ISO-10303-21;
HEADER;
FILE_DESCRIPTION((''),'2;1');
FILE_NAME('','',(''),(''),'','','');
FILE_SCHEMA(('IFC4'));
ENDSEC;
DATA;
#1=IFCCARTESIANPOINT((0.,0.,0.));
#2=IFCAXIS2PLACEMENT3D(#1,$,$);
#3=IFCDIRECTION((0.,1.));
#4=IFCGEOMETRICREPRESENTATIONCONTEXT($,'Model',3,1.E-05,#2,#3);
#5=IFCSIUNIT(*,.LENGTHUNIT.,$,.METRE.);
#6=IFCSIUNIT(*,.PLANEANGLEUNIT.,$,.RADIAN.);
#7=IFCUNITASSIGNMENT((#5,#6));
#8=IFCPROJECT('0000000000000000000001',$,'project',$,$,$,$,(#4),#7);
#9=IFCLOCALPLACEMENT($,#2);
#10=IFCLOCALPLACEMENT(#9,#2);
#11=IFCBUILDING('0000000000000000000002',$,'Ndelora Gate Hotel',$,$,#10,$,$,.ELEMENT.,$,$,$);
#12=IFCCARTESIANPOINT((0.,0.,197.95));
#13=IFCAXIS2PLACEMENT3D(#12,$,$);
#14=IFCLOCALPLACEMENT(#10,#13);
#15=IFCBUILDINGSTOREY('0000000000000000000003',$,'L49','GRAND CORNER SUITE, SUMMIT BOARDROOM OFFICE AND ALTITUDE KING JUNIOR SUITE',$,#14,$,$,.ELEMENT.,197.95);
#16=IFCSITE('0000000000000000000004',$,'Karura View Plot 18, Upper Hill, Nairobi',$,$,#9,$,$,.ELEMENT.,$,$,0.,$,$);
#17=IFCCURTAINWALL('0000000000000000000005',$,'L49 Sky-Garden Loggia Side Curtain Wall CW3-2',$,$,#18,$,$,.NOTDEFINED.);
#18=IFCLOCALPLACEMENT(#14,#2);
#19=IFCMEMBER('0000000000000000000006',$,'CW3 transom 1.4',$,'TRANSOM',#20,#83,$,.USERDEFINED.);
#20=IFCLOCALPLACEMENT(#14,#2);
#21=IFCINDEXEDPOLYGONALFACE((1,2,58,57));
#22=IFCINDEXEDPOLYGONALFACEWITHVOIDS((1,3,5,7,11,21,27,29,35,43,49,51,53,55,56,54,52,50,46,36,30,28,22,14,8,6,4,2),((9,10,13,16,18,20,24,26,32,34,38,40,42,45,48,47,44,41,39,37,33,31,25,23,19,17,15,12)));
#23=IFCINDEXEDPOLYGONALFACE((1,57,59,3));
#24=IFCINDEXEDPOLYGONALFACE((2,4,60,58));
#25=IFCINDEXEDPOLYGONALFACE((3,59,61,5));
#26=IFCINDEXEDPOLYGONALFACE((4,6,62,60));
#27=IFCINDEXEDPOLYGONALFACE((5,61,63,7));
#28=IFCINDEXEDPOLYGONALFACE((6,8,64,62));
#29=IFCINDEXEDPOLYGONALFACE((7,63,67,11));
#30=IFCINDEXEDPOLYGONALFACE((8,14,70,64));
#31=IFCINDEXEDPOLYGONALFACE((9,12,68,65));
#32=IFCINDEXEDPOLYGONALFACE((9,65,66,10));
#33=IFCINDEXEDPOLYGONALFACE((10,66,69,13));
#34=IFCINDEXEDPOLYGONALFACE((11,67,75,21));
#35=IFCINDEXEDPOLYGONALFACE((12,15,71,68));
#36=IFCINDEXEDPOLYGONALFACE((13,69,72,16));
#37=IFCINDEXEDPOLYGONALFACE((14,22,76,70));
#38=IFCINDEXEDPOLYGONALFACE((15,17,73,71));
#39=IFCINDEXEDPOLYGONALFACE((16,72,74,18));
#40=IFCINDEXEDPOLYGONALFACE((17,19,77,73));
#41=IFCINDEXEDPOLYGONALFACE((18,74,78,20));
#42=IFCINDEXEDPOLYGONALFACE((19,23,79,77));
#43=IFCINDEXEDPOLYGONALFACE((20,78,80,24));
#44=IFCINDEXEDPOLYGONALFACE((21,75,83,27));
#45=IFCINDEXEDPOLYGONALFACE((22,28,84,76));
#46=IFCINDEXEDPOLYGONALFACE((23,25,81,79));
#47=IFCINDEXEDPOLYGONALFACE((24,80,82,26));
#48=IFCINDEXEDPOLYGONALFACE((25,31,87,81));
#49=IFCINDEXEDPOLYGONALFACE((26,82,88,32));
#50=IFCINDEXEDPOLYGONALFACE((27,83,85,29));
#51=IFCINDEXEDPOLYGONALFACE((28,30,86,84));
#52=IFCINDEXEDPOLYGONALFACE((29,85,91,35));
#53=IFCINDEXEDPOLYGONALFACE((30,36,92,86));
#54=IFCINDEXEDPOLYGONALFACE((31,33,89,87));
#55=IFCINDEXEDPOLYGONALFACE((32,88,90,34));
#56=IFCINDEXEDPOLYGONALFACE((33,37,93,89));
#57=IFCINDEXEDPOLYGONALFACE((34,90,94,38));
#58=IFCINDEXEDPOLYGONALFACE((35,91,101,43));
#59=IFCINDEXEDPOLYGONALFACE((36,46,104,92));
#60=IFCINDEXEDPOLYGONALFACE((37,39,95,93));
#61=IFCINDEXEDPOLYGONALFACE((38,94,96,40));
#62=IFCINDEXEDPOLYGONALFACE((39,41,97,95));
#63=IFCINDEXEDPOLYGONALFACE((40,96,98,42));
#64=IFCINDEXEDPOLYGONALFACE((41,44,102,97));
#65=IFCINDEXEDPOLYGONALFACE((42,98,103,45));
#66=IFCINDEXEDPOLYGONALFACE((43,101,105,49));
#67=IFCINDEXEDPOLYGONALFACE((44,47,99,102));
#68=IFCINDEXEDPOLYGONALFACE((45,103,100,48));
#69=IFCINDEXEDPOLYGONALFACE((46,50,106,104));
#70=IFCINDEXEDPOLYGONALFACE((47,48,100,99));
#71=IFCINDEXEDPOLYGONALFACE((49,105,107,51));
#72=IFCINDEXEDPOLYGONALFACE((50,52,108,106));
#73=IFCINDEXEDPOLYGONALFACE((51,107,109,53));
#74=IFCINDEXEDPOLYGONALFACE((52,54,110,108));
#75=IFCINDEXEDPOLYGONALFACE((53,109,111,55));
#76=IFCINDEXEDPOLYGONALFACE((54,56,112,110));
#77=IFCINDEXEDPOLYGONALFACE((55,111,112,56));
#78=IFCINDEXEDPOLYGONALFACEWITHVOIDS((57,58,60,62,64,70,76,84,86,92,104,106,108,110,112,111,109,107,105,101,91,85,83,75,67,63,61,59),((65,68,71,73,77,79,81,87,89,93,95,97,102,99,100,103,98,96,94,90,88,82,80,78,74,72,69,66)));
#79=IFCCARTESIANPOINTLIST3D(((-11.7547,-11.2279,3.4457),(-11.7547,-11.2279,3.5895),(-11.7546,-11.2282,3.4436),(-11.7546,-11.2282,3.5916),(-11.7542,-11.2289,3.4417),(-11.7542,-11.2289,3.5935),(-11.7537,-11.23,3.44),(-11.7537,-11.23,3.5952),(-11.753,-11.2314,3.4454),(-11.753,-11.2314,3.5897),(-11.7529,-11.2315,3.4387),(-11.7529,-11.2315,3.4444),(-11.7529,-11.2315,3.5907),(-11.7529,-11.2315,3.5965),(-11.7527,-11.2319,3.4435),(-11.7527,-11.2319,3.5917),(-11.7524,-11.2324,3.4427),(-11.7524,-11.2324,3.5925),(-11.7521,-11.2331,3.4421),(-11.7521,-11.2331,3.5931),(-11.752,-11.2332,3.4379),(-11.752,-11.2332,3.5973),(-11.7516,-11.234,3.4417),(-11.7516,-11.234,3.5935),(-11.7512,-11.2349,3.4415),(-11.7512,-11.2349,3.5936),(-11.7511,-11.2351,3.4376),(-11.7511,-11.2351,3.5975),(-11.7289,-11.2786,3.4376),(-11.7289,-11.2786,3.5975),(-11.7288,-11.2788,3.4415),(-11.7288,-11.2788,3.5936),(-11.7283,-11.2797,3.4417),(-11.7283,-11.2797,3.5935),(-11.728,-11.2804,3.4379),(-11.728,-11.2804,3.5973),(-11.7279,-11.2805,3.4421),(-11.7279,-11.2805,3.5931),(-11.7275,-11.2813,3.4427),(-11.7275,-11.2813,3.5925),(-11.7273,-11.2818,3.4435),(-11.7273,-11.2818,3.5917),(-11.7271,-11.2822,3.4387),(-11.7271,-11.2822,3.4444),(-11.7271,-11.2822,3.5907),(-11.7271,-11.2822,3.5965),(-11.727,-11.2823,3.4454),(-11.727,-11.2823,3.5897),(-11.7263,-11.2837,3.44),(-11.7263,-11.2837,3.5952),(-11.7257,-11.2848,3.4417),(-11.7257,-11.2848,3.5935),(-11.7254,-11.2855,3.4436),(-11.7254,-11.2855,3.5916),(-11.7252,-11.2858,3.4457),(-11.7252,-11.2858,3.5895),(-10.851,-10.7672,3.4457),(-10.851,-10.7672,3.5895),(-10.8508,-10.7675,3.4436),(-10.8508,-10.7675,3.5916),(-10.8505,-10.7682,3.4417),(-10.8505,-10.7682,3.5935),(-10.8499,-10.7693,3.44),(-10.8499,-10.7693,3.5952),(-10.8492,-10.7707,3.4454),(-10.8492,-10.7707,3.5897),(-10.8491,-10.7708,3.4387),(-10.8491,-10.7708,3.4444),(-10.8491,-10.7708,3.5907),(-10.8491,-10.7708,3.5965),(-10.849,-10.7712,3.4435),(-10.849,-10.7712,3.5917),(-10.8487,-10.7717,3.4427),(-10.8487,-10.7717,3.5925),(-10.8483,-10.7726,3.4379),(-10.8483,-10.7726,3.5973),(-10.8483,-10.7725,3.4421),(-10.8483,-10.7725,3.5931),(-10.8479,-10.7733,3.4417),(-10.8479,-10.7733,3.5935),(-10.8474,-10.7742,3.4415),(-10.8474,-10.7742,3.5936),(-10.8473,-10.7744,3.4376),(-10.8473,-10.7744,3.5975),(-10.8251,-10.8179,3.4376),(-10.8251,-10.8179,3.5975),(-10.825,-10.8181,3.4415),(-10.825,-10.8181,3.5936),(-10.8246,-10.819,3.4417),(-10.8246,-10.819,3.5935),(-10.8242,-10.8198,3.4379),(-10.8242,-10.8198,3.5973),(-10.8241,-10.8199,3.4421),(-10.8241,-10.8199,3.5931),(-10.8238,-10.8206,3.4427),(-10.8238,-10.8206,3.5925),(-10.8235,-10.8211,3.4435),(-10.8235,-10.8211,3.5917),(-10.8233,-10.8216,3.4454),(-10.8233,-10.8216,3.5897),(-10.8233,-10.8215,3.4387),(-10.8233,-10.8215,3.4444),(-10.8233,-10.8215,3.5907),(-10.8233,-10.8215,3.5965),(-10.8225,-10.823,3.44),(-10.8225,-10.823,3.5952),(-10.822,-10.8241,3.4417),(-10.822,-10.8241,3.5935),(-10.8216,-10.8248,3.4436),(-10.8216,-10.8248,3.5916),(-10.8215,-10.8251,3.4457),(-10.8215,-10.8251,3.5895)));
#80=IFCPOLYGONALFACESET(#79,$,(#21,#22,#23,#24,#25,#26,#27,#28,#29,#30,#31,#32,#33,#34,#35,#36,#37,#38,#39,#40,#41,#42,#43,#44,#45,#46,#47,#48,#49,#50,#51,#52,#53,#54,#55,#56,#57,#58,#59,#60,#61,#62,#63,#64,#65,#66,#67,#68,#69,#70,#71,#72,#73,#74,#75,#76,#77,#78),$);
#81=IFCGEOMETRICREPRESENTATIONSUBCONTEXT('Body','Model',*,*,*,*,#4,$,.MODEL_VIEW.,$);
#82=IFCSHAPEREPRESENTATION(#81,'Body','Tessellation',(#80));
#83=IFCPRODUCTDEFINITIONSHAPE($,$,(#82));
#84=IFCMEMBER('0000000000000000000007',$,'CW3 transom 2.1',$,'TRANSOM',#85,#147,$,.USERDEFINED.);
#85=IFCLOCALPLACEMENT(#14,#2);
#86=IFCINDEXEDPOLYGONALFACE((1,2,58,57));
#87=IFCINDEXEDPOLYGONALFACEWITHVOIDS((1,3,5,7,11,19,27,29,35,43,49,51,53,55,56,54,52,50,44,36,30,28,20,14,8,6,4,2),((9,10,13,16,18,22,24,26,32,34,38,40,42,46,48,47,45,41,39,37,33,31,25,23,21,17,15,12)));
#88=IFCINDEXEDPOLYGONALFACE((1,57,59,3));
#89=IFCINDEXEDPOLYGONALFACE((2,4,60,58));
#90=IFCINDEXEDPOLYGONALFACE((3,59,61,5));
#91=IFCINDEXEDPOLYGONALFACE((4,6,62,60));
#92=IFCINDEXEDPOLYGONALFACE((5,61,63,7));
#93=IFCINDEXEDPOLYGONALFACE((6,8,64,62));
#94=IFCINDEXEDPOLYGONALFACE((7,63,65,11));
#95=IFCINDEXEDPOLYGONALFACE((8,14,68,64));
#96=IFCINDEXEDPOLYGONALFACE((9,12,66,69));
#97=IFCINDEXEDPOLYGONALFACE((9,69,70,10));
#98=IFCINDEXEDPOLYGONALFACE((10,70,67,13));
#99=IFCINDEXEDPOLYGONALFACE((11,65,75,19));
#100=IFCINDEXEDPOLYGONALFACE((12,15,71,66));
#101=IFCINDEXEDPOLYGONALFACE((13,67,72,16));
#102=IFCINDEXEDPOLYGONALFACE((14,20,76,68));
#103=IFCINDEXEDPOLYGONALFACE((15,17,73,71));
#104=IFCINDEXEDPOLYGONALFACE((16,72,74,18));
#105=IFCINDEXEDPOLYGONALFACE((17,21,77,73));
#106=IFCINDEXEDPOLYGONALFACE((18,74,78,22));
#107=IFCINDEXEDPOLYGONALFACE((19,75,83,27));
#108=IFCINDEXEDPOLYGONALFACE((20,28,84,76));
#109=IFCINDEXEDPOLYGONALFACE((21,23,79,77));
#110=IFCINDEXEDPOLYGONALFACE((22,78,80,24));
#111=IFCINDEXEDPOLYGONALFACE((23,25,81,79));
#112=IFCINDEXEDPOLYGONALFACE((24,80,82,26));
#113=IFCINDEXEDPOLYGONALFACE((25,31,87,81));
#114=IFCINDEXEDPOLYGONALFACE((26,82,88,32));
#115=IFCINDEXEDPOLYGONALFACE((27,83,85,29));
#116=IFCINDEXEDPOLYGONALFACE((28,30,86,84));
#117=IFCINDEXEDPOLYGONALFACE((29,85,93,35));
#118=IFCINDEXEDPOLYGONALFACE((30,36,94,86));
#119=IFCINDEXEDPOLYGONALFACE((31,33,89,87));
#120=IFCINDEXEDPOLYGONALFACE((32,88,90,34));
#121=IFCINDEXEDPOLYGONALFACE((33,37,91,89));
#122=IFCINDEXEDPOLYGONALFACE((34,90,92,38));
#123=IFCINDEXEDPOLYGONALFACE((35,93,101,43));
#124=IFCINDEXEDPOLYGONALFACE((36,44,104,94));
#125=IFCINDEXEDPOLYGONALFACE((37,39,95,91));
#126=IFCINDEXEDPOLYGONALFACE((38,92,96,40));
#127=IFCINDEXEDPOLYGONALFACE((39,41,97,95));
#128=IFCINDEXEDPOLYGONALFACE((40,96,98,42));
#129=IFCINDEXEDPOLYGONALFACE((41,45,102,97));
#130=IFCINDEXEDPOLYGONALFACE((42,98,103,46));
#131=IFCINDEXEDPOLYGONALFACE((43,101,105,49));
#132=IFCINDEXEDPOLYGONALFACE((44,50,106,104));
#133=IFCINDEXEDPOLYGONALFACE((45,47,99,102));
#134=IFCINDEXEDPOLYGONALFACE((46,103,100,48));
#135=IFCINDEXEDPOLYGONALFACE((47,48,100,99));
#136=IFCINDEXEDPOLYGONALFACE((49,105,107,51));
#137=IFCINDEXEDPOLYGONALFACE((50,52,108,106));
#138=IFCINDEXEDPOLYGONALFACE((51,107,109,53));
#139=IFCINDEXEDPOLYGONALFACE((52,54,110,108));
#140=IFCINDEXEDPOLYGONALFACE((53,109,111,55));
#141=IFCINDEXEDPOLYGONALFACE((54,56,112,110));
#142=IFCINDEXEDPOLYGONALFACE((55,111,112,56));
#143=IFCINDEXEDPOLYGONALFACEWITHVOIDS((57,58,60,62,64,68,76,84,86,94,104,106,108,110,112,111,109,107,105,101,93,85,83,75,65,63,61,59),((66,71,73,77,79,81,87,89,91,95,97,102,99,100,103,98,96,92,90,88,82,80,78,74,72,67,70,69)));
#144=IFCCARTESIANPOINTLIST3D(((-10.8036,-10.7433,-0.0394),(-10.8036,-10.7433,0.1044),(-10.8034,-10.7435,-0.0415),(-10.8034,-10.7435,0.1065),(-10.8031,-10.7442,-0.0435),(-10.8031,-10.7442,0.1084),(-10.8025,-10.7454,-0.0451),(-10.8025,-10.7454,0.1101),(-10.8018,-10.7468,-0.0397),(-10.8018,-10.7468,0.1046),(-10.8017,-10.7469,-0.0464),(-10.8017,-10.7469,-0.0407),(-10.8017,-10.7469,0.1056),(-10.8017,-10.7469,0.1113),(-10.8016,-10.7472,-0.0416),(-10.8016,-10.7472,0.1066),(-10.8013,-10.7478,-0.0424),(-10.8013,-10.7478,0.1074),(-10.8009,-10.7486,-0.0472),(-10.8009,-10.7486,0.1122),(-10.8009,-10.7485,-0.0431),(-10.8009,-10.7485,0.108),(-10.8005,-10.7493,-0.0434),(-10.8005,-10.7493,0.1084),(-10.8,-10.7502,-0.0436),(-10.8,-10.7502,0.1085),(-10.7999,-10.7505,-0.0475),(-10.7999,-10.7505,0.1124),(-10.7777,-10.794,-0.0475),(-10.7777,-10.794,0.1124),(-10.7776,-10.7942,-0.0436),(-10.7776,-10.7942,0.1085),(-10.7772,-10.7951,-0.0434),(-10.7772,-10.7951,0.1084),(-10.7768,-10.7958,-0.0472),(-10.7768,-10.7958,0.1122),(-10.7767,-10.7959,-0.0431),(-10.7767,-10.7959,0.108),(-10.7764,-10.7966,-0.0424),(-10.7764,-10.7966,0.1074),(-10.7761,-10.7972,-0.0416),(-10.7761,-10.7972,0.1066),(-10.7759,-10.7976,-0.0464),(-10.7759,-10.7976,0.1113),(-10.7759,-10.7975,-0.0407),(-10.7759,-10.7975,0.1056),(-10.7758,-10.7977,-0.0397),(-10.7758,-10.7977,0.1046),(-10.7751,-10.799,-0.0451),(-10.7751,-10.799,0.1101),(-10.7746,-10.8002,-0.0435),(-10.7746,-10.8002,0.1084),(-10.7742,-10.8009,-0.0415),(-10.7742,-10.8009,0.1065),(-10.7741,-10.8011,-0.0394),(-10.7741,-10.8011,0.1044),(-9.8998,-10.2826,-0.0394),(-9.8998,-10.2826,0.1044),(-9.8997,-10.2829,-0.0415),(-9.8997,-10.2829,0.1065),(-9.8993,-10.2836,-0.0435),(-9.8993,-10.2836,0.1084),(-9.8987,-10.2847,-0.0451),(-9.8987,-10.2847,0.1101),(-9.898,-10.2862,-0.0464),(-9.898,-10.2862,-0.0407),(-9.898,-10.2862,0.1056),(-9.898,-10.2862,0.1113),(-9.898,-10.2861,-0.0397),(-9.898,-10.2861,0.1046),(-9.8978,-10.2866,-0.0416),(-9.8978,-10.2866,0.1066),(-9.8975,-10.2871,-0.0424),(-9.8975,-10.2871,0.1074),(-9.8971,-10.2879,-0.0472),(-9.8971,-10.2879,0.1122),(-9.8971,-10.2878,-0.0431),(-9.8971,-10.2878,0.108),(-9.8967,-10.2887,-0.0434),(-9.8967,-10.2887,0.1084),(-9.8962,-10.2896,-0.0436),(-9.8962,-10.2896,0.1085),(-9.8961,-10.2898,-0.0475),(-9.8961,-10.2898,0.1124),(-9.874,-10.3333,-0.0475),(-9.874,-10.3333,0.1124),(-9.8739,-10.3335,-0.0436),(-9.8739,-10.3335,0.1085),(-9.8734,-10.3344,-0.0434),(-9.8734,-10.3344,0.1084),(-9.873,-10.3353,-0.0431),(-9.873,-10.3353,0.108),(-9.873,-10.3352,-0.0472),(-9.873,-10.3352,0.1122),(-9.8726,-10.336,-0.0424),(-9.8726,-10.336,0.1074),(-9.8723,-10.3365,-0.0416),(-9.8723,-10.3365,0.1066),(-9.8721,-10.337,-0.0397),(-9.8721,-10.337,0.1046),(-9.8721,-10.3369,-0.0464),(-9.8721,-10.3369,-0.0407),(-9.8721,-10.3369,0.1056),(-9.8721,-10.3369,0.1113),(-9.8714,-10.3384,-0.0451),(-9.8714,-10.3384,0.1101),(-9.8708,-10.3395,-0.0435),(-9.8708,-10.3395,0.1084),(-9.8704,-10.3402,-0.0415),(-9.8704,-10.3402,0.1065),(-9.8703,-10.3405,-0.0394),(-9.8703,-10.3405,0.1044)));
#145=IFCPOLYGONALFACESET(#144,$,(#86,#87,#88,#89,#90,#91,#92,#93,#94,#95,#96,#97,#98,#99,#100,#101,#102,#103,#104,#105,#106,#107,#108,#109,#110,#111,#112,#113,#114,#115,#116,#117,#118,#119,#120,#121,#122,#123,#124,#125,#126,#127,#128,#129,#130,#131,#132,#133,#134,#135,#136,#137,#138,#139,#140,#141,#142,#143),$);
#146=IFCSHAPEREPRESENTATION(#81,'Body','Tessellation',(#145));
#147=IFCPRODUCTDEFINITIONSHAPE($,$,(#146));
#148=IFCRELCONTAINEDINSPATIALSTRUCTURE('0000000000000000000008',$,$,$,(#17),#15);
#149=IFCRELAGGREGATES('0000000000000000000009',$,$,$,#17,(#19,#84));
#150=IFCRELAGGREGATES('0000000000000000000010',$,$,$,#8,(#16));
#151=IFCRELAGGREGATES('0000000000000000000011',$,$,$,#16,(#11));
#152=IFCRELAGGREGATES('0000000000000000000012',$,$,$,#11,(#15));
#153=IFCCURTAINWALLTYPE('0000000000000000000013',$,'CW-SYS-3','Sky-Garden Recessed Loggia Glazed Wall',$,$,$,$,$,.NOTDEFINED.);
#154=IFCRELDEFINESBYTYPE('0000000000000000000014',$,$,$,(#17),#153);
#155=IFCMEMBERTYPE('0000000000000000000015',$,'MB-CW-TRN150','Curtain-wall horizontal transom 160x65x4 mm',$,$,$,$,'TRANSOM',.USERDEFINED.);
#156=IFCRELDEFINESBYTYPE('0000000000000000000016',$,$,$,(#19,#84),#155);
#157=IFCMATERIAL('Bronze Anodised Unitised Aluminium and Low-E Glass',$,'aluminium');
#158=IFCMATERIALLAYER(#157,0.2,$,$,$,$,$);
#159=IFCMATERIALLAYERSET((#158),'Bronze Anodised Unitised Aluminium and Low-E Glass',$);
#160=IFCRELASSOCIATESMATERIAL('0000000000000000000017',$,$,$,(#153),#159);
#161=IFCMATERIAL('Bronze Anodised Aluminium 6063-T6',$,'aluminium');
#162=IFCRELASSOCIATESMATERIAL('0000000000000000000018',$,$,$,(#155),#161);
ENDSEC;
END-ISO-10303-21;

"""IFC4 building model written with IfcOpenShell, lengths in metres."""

from ifc_helpers import new_model, si_unit, direction, frame, origin, origin_2d, place, context, subcontext, project, spatial, hollow_rectangle, extrude, material, layer, layer_set, material_profile, profile_set, type_object, element, aggregate, save


model = new_model("IFC4")

# Units and contexts
model_context = context("Model", 3, precision=1e-05, world=origin(), true_north=direction((0.0, 1.0)))
body_context = subcontext(model_context, "Body", "Model", "MODEL_VIEW")
ifc_project = project(units=[si_unit("LENGTHUNIT", "METRE"), si_unit("PLANEANGLEUNIT", "RADIAN")], contexts=[model_context])

# Site, building, storey
site_placement = place(None, origin())
site = spatial("IfcSite", under=ifc_project, at=site_placement, Name="Karura View Plot 18, Upper Hill, Nairobi", CompositionType="ELEMENT", RefElevation=0.0)
building_placement = place(site_placement, origin())
building = spatial("IfcBuilding", under=site, at=building_placement, Name="Ndelora Gate Hotel", CompositionType="ELEMENT")
storey_placement = place(building_placement, frame((0.0, 0.0, 197.95)))
storey = spatial("IfcBuildingStorey", under=building, at=storey_placement, Name="L49", Description="GRAND CORNER SUITE, SUMMIT BOARDROOM OFFICE AND ALTITUDE KING JUNIOR SUITE", CompositionType="ELEMENT", Elevation=197.95)

# Curtain wall, members
ifc_material_1 = material(Name="Bronze Anodised Unitised Aluminium and Low-E Glass", Category="aluminium")
ifc_layer_1 = layer(ifc_material_1, 0.2)
ifc_layer_set_1 = layer_set([ifc_layer_1], Name="Bronze Anodised Unitised Aluminium and Low-E Glass")
curtain_wall_type = type_object("IfcCurtainWallType", Name="CW-SYS-3", Description="Sky-Garden Recessed Loggia Glazed Wall", PredefinedType="NOTDEFINED", material=ifc_layer_set_1)
curtain_wall_placement = place(storey_placement, origin())
curtain_wall = element("IfcCurtainWall", 1, at=curtain_wall_placement, inside=storey, type_object=curtain_wall_type, Name="L49 Sky-Garden Loggia Side Curtain Wall CW3-2", PredefinedType="NOTDEFINED")
ifc_material_2 = material(Name="Bronze Anodised Aluminium 6063-T6", Category="aluminium")
ifc_material_profile_1 = material_profile(ifc_material_2, hollow_rectangle(XDim=0.0649, YDim=0.1599, WallThickness=0.0039, InnerFilletRadius=0.0039, OuterFilletRadius=0.0081, at=origin_2d()), Name="ALU 160x65x4")
ifc_profile_set_1 = profile_set([ifc_material_profile_1], Name="Bronze Anodised Aluminium 6063-T6")
member_type_1 = type_object("IfcMemberType", Name="MB-CW-TRN150", Description="Curtain-wall horizontal transom 160x65x4 mm", ElementType="TRANSOM", PredefinedType="USERDEFINED", material=ifc_profile_set_1)
member_1_placement = place(storey_placement, frame((-11.74, -11.2568, 3.5176), z_axis=(0.890935, 0.454131, 0.0), x_axis=(-0.454131, 0.890935, 0.0)))
member_1 = element("IfcMember", 2, at=member_1_placement, type_object=member_type_1, Name="CW3 transom 1.4", ObjectType="TRANSOM", PredefinedType="USERDEFINED", context=body_context, shape_type="SweptSolid", body=[
    extrude(hollow_rectangle(XDim=0.0649, YDim=0.1599, WallThickness=0.0039, InnerFilletRadius=0.0039, OuterFilletRadius=0.0081, at=origin_2d()), origin(), (0.0, 0.0, 1.0), 1.0144),
])
member_2_placement = place(storey_placement, frame((-10.7888, -10.7722, 0.0325), z_axis=(0.890935, 0.454131, 0.0), x_axis=(-0.454131, 0.890935, 0.0)))
member_2 = element("IfcMember", 3, at=member_2_placement, type_object=member_type_1, Name="CW3 transom 2.1", ObjectType="TRANSOM", PredefinedType="USERDEFINED", context=body_context, shape_type="SweptSolid", body=[
    extrude(hollow_rectangle(XDim=0.0649, YDim=0.1599, WallThickness=0.0039, InnerFilletRadius=0.0039, OuterFilletRadius=0.0081, at=origin_2d()), origin(), (0.0, 0.0, 1.0), 1.0144),
])
aggregate(curtain_wall, [member_1, member_2])

save(model, "model.ifc")
